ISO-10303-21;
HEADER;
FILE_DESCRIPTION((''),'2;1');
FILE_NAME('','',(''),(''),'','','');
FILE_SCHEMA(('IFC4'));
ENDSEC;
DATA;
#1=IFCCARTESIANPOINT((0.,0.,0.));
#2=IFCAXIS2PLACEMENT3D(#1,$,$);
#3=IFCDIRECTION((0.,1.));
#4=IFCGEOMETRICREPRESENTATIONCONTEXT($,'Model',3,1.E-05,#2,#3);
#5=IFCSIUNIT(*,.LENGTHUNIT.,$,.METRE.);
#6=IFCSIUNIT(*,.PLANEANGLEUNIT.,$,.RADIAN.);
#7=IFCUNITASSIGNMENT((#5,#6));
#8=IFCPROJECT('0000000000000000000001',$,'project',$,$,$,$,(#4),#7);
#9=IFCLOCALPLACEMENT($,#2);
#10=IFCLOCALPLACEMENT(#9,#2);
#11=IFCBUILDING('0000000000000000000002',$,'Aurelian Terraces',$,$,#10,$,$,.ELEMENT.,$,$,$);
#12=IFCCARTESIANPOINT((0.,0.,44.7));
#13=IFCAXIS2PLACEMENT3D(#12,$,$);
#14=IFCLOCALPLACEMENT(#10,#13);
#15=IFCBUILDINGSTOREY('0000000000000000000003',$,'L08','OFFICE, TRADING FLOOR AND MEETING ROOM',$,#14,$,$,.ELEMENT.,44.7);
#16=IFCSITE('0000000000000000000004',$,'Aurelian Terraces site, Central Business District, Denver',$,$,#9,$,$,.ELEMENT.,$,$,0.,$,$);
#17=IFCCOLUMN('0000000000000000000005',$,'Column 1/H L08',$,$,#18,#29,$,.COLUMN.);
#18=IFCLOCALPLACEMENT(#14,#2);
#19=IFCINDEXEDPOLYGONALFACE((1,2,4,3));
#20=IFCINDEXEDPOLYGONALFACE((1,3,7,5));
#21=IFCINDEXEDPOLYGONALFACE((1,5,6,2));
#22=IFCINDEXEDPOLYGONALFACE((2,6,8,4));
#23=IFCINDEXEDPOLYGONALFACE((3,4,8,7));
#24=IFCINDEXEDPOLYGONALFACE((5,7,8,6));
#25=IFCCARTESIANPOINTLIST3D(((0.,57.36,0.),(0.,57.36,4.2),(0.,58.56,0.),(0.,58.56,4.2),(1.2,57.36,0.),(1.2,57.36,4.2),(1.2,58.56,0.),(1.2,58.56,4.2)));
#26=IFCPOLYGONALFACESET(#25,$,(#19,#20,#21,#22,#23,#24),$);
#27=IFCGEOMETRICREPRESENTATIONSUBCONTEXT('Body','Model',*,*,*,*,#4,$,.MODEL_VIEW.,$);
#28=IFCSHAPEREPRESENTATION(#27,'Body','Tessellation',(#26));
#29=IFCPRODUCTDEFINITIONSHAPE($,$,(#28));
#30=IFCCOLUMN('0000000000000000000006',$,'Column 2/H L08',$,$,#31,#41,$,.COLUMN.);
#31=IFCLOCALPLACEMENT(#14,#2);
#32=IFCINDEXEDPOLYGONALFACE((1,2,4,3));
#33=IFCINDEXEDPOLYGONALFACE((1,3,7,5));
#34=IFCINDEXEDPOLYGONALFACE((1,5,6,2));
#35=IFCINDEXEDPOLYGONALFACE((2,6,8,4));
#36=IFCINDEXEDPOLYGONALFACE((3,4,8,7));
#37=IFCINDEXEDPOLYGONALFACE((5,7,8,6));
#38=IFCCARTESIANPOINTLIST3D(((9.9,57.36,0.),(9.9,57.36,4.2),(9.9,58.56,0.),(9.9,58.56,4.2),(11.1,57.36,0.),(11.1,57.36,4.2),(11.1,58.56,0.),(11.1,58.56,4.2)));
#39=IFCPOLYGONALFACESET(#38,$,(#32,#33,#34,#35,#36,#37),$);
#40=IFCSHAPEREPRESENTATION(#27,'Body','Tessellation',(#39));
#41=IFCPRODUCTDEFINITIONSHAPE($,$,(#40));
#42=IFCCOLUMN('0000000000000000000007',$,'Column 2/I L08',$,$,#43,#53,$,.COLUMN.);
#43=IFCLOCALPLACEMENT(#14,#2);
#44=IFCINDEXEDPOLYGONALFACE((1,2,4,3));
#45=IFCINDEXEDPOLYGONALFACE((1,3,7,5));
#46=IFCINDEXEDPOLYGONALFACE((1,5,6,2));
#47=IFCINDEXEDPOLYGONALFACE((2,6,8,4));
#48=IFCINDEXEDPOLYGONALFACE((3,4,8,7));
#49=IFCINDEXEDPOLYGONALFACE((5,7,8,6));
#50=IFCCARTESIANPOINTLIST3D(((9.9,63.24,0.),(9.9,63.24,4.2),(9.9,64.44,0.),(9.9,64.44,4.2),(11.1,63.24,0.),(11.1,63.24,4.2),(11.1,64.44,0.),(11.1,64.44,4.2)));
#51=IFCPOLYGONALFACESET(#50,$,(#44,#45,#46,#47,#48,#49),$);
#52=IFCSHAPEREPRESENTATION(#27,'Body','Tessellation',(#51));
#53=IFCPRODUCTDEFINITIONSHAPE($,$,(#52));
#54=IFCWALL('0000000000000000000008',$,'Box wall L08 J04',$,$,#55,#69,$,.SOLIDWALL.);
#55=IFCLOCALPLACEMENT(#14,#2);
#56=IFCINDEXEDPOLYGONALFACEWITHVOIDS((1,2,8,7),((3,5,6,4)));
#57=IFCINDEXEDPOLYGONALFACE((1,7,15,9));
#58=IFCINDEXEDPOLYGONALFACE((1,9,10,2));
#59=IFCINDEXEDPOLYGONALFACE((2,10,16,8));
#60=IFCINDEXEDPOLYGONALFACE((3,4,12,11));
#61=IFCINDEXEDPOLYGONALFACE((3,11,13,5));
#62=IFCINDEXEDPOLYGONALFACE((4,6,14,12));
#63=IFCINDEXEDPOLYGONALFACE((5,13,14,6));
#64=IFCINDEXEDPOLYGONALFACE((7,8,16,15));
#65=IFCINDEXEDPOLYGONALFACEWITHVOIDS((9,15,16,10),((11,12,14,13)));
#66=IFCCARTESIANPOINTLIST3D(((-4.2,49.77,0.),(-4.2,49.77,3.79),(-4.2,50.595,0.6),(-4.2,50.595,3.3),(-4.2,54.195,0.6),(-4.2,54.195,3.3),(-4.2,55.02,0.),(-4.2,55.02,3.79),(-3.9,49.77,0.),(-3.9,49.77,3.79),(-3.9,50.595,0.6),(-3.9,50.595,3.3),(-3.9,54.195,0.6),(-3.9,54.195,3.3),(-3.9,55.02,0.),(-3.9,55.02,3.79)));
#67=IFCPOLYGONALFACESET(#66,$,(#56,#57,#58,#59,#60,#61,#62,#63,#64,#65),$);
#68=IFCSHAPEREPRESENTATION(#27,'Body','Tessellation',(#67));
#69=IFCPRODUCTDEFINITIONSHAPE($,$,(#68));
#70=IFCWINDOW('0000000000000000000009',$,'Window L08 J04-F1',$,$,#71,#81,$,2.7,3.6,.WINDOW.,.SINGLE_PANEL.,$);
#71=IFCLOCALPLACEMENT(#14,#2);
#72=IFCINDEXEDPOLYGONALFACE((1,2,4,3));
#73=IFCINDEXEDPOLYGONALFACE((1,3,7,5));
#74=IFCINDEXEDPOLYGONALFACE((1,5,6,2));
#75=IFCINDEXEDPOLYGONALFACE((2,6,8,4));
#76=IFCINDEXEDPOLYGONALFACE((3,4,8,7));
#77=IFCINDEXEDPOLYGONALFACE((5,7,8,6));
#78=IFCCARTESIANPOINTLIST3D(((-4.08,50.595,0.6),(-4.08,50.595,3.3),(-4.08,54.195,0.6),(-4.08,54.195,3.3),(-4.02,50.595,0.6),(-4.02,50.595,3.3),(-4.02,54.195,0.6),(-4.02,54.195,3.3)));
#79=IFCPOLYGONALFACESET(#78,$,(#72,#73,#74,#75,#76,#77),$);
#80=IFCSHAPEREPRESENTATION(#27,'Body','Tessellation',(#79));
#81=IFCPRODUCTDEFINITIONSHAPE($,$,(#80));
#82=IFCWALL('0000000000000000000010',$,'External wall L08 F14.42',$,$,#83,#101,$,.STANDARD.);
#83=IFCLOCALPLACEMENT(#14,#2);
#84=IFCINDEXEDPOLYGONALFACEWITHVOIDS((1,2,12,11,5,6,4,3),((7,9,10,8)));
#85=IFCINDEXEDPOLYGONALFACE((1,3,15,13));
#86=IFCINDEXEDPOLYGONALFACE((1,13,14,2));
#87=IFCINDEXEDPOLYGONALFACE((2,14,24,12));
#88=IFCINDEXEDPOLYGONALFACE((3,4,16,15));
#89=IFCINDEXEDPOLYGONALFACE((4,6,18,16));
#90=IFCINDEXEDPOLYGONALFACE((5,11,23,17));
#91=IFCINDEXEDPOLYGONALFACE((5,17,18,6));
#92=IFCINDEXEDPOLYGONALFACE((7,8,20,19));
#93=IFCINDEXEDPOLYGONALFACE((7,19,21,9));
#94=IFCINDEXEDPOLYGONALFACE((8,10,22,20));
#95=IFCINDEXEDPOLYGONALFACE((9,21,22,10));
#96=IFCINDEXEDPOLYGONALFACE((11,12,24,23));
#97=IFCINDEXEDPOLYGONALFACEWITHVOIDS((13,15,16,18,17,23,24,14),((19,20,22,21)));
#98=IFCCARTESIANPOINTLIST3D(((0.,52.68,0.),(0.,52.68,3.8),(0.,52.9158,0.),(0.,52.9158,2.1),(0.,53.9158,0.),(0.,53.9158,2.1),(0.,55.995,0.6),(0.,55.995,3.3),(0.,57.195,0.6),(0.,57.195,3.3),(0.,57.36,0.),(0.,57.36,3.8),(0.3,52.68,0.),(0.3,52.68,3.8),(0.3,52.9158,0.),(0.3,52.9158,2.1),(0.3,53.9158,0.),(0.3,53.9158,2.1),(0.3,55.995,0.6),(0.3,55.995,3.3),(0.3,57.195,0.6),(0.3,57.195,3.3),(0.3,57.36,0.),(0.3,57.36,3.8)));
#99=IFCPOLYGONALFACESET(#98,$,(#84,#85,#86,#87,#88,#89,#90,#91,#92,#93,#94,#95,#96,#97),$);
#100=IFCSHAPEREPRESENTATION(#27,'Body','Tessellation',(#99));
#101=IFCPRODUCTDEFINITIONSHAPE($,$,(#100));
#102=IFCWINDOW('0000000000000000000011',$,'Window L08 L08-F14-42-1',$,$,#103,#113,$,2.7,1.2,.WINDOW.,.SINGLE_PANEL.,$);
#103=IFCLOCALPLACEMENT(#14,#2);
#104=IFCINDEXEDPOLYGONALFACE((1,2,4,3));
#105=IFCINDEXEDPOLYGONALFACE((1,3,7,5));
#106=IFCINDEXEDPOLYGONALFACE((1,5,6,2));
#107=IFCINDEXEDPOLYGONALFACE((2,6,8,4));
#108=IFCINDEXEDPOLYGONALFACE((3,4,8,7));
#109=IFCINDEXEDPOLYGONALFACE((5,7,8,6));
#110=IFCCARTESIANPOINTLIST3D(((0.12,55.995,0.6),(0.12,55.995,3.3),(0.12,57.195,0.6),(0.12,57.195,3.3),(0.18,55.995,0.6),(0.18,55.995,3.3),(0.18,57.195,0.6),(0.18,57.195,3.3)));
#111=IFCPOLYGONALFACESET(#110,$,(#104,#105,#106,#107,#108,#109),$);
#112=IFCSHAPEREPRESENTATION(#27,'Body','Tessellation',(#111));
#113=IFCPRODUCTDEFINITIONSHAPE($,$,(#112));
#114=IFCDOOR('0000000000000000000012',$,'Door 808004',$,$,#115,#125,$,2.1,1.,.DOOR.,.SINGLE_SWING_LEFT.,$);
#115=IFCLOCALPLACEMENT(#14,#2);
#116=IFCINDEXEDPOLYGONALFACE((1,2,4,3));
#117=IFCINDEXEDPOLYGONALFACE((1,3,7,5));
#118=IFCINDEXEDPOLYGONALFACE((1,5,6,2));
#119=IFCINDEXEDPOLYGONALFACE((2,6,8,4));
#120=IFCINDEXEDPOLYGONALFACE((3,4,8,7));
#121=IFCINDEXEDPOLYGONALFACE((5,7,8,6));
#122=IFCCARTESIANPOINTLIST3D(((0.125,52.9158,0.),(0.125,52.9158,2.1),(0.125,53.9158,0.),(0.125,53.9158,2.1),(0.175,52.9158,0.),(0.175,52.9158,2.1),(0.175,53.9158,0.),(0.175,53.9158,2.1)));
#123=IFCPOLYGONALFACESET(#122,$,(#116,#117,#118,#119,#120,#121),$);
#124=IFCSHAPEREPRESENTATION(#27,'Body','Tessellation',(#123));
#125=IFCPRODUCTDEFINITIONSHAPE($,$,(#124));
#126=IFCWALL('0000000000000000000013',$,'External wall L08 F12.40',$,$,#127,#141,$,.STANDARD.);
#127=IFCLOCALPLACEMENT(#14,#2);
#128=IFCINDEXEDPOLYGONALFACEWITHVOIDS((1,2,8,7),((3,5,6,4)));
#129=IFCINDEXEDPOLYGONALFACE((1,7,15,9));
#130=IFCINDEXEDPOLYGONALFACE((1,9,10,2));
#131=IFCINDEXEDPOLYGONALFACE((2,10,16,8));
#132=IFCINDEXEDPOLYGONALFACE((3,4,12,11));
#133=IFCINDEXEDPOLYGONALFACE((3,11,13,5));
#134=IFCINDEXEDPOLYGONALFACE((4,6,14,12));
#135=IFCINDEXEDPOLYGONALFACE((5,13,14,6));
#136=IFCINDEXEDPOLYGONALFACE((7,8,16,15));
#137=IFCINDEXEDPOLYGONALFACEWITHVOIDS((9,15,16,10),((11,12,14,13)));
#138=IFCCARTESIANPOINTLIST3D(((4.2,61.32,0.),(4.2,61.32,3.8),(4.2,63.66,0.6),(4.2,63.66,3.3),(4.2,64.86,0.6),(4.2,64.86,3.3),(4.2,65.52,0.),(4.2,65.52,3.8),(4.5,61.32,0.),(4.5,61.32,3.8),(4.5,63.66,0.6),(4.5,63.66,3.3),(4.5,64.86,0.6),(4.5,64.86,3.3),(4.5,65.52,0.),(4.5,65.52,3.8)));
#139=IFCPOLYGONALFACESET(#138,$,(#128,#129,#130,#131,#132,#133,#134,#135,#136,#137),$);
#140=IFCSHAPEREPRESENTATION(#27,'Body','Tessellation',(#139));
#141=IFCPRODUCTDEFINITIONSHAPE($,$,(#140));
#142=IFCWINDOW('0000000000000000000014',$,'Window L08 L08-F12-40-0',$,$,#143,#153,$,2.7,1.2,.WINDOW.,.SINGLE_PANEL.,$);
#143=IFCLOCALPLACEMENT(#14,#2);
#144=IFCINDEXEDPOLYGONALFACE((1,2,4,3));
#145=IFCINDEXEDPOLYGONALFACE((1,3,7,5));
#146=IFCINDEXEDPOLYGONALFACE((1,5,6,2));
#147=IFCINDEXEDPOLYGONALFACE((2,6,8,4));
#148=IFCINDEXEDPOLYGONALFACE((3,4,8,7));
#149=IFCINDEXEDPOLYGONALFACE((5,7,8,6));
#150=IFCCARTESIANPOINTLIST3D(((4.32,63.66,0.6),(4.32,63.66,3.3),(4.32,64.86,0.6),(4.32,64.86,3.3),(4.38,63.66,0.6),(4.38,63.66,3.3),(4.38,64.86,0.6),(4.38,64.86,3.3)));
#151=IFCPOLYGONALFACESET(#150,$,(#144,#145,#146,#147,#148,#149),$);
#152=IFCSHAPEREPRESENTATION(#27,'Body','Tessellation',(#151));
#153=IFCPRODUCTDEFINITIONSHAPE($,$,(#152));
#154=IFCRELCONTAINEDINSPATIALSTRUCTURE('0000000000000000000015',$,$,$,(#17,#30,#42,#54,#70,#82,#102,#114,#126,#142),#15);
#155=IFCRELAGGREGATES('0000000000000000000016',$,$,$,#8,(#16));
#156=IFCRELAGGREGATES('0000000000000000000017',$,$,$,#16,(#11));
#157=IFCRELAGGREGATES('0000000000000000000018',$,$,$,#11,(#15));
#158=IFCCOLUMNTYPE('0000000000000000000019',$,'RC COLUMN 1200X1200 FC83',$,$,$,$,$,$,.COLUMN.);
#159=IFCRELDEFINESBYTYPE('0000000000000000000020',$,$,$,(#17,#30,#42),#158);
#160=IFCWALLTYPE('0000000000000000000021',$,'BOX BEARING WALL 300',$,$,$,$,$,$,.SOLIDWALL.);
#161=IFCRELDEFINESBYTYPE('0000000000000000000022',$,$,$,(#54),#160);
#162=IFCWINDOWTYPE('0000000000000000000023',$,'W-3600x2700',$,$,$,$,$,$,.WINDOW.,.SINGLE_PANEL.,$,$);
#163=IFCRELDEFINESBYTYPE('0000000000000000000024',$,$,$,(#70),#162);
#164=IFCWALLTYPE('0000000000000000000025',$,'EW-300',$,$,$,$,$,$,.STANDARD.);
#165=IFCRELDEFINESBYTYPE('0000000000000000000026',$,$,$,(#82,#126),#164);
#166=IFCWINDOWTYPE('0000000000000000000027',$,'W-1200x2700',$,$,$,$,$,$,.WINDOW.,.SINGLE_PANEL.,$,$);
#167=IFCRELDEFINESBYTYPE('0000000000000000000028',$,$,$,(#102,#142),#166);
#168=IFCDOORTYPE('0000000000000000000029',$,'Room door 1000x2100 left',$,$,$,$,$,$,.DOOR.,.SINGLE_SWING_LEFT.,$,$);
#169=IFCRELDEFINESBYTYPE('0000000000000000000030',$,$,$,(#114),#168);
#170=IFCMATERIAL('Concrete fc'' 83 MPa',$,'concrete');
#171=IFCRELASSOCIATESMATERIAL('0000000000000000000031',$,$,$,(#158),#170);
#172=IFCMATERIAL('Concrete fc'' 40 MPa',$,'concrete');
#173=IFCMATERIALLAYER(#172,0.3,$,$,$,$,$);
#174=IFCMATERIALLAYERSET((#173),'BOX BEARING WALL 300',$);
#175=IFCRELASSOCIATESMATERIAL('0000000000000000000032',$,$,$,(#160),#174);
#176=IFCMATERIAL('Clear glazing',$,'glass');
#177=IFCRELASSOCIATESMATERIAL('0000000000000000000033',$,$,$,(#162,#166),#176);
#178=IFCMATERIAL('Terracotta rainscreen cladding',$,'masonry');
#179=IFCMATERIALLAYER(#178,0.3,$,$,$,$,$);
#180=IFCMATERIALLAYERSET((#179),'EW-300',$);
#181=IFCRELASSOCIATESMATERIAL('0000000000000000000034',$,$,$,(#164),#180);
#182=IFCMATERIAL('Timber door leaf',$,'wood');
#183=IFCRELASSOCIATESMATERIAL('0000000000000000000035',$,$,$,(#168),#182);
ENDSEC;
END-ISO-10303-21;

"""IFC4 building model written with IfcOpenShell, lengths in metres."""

from ifc_helpers import new_model, si_unit, direction, frame, frame_2d, origin, origin_2d, place, context, subcontext, project, spatial, rectangle, extrude, source, transform, mapped, material, layer, layer_set, material_profile, profile_set, type_object, element, fill, save


model = new_model("IFC4")

# Units and contexts
model_context = context("Model", 3, precision=1e-05, world=origin(), true_north=direction((0.0, 1.0)))
body_context = subcontext(model_context, "Body", "Model", "MODEL_VIEW")
ifc_project = project(units=[si_unit("LENGTHUNIT", "METRE"), si_unit("PLANEANGLEUNIT", "RADIAN")], contexts=[model_context])

# Site, building, storey
site_placement = place(None, origin())
site = spatial("IfcSite", under=ifc_project, at=site_placement, Name="Aurelian Terraces site, Central Business District, Denver", CompositionType="ELEMENT", RefElevation=0.0)
building_placement = place(site_placement, origin())
building = spatial("IfcBuilding", under=site, at=building_placement, Name="Aurelian Terraces", CompositionType="ELEMENT")
storey_placement = place(building_placement, frame((0.0, 0.0, 44.7)))
storey = spatial("IfcBuildingStorey", under=building, at=storey_placement, Name="L08", Description="OFFICE, TRADING FLOOR AND MEETING ROOM", CompositionType="ELEMENT", Elevation=44.7)

# Columns
ifc_material_1 = material(Name="Concrete fc' 83 MPa", Category="concrete")
ifc_material_profile = material_profile(ifc_material_1, rectangle(XDim=1.2, YDim=1.2, at=origin_2d()))
ifc_profile_set = profile_set([ifc_material_profile], Name="Concrete fc' 83 MPa")
column_type = type_object("IfcColumnType", Name="RC COLUMN 1200X1200 FC83", PredefinedType="COLUMN", material=ifc_profile_set)
shared_shape_1 = source(origin(), body_context, "Body", "SweptSolid", [
    extrude(rectangle(XDim=1.2, YDim=1.2, at=origin_2d()), origin(), (0.0, 0.0, 1.0), 4.2),
])
for number, where, z_axis, x_axis, name in (
    (1, (0.6, 57.96, 0.0), (0.0, 0.0, 1.0), (1.0, 0.0, 0.0), "Column 1/H L08"),
    (2, (10.5, 57.96, 0.0), (0.0, 0.0, 1.0), (1.0, 0.0, 0.0), "Column 2/H L08"),
    (3, (10.5, 63.84, 0.0), (0.0, 0.0, 1.0), (1.0, 0.0, 0.0), "Column 2/I L08"),
):
    element("IfcColumn", number, at=place(storey_placement, frame(where, z_axis=z_axis, x_axis=x_axis)), inside=storey, type_object=column_type, Name=name, PredefinedType="COLUMN", context=body_context, shape_type="MappedRepresentation", body=[
        mapped(shared_shape_1, transform((0.0, 0.0, 0.0), scale=1.0)),
    ])

# Wall, opening, window
ifc_material_2 = material(Name="Concrete fc' 40 MPa", Category="concrete")
ifc_layer_1 = layer(ifc_material_2, 0.3)
ifc_layer_set_1 = layer_set([ifc_layer_1], Name="BOX BEARING WALL 300")
wall_type_1 = type_object("IfcWallType", Name="BOX BEARING WALL 300", PredefinedType="SOLIDWALL", material=ifc_layer_set_1)
wall_1_placement = place(storey_placement, frame((-4.05, 55.02, 0.0), z_axis=(0.0, 0.0, 1.0), x_axis=(0.0, -1.0, 0.0)))
wall_1 = element("IfcWall", 4, at=wall_1_placement, inside=storey, type_object=wall_type_1, Name="Box wall L08 J04", PredefinedType="SOLIDWALL", context=body_context, shape_type="SweptSolid", body=[
    extrude(rectangle(XDim=5.25, YDim=0.3, at=frame_2d((2.625, 0.0))), origin(), (0.0, 0.0, 1.0), 3.79),
])
shared_shape_2 = source(origin(), body_context, "Body", "SweptSolid", [
    extrude(rectangle(XDim=3.6, YDim=2.7, at=frame_2d((1.8, 1.35))), frame((0.0, 0.16, 0.0), z_axis=(0.0, -1.0, 0.0), x_axis=(1.0, 0.0, 0.0)), (0.0, 0.0, 1.0), 0.32),
])
opening_1_placement = place(wall_1_placement, frame((0.825, 0.0, 0.6)))
opening_1 = element("IfcOpeningElement", 5, at=opening_1_placement, cuts=wall_1, PredefinedType="OPENING", context=body_context, shape_type="MappedRepresentation", body=[
    mapped(shared_shape_2, transform((0.0, 0.0, 0.0), scale=1.0)),
])
ifc_material_3 = material(Name="Clear glazing", Category="glass")
window_type_1 = type_object("IfcWindowType", Name="W-3600x2700", PartitioningType="SINGLE_PANEL", PredefinedType="WINDOW", material=ifc_material_3)
shared_shape_3 = source(origin(), body_context, "Body", "SweptSolid", [
    extrude(rectangle(XDim=3.6, YDim=2.7, at=frame_2d((1.8, 1.35))), frame((0.0, 0.03, 0.0), z_axis=(0.0, -1.0, 0.0), x_axis=(1.0, 0.0, 0.0)), (0.0, 0.0, 1.0), 0.06),
])
window_1_placement = place(opening_1_placement, origin())
window_1 = element("IfcWindow", 6, at=window_1_placement, inside=storey, type_object=window_type_1, Name="Window L08 J04-F1", OverallHeight=2.7, OverallWidth=3.6, PartitioningType="SINGLE_PANEL", PredefinedType="WINDOW", context=body_context, shape_type="MappedRepresentation", body=[
    mapped(shared_shape_3, transform((0.0, 0.0, 0.0), scale=1.0)),
])
fill(opening_1, window_1)

# Wall, openings, window, door
ifc_material_4 = material(Name="Terracotta rainscreen cladding", Category="masonry")
ifc_layer_2 = layer(ifc_material_4, 0.3)
ifc_layer_set_2 = layer_set([ifc_layer_2], Name="EW-300")
wall_type_2 = type_object("IfcWallType", Name="EW-300", PredefinedType="STANDARD", material=ifc_layer_set_2)
shared_shape_4 = source(origin(), body_context, "Body", "SweptSolid", [
    extrude(rectangle(XDim=4.68, YDim=0.3, at=frame_2d((2.34, 0.0))), origin(), (0.0, 0.0, 1.0), 3.8),
])
wall_2_placement = place(storey_placement, frame((0.15, 57.36, 0.0), z_axis=(0.0, 0.0, 1.0), x_axis=(0.0, -1.0, 0.0)))
wall_2 = element("IfcWall", 7, at=wall_2_placement, inside=storey, type_object=wall_type_2, Name="External wall L08 F14.42", PredefinedType="STANDARD", context=body_context, shape_type="MappedRepresentation", body=[
    mapped(shared_shape_4, transform((0.0, 0.0, 0.0), scale=1.0)),
])
shared_shape_5 = source(origin(), body_context, "Body", "SweptSolid", [
    extrude(rectangle(XDim=1.2, YDim=2.7, at=frame_2d((0.6, 1.35))), frame((0.0, 0.16, 0.0), z_axis=(0.0, -1.0, 0.0), x_axis=(1.0, 0.0, 0.0)), (0.0, 0.0, 1.0), 0.32),
])
opening_2_placement = place(wall_2_placement, frame((0.165, 0.0, 0.6)))
opening_2 = element("IfcOpeningElement", 8, at=opening_2_placement, cuts=wall_2, PredefinedType="OPENING", context=body_context, shape_type="MappedRepresentation", body=[
    mapped(shared_shape_5, transform((0.0, 0.0, 0.0), scale=1.0)),
])
shared_shape_6 = source(origin(), body_context, "Body", "SweptSolid", [
    extrude(rectangle(XDim=1.0, YDim=2.1, at=frame_2d((0.5, 1.05))), frame((0.0, 0.16, 0.0), z_axis=(0.0, -1.0, 0.0), x_axis=(1.0, 0.0, 0.0)), (0.0, 0.0, 1.0), 0.32),
])
opening_3_placement = place(wall_2_placement, frame((3.4442, 0.0, 0.0)))
opening_3 = element("IfcOpeningElement", 9, at=opening_3_placement, cuts=wall_2, PredefinedType="OPENING", context=body_context, shape_type="MappedRepresentation", body=[
    mapped(shared_shape_6, transform((0.0, 0.0, 0.0), scale=1.0)),
])
window_type_2 = type_object("IfcWindowType", Name="W-1200x2700", PartitioningType="SINGLE_PANEL", PredefinedType="WINDOW", material=ifc_material_3)
shared_shape_7 = source(origin(), body_context, "Body", "SweptSolid", [
    extrude(rectangle(XDim=1.2, YDim=2.7, at=frame_2d((0.6, 1.35))), frame((0.0, 0.03, 0.0), z_axis=(0.0, -1.0, 0.0), x_axis=(1.0, 0.0, 0.0)), (0.0, 0.0, 1.0), 0.06),
])
window_2_placement = place(opening_2_placement, origin())
window_2 = element("IfcWindow", 10, at=window_2_placement, inside=storey, type_object=window_type_2, Name="Window L08 L08-F14-42-1", OverallHeight=2.7, OverallWidth=1.2, PartitioningType="SINGLE_PANEL", PredefinedType="WINDOW", context=body_context, shape_type="MappedRepresentation", body=[
    mapped(shared_shape_7, transform((0.0, 0.0, 0.0), scale=1.0)),
])
fill(opening_2, window_2)
ifc_material_5 = material(Name="Timber door leaf", Category="wood")
door_type_1 = type_object("IfcDoorType", Name="Room door 1000x2100 left", OperationType="SINGLE_SWING_LEFT", PredefinedType="DOOR", material=ifc_material_5)
shared_shape_8 = source(origin(), body_context, "Body", "SweptSolid", [
    extrude(rectangle(XDim=1.0, YDim=2.1, at=frame_2d((0.5, 1.05))), frame((0.0, 0.025, 0.0), z_axis=(0.0, -1.0, 0.0), x_axis=(1.0, 0.0, 0.0)), (0.0, 0.0, 1.0), 0.05),
])
door_1_placement = place(opening_3_placement, origin())
door_1 = element("IfcDoor", 11, at=door_1_placement, inside=storey, type_object=door_type_1, Name="Door 808004", OperationType="SINGLE_SWING_LEFT", OverallHeight=2.1, OverallWidth=1.0, PredefinedType="DOOR", context=body_context, shape_type="MappedRepresentation", body=[
    mapped(shared_shape_8, transform((0.0, 0.0, 0.0), scale=1.0)),
])
fill(opening_3, door_1)

# Wall, opening, window
shared_shape_9 = source(origin(), body_context, "Body", "SweptSolid", [
    extrude(rectangle(XDim=4.2, YDim=0.3, at=frame_2d((2.1, 0.0))), origin(), (0.0, 0.0, 1.0), 3.8),
])
wall_3_placement = place(storey_placement, frame((4.35, 65.52, 0.0), z_axis=(0.0, 0.0, 1.0), x_axis=(0.0, -1.0, 0.0)))
wall_3 = element("IfcWall", 12, at=wall_3_placement, inside=storey, type_object=wall_type_2, Name="External wall L08 F12.40", PredefinedType="STANDARD", context=body_context, shape_type="MappedRepresentation", body=[
    mapped(shared_shape_9, transform((0.0, 0.0, 0.0), scale=1.0)),
])
opening_4_placement = place(wall_3_placement, frame((0.66, 0.0, 0.6)))
opening_4 = element("IfcOpeningElement", 13, at=opening_4_placement, cuts=wall_3, PredefinedType="OPENING", context=body_context, shape_type="MappedRepresentation", body=[
    mapped(shared_shape_5, transform((0.0, 0.0, 0.0), scale=1.0)),
])
window_3_placement = place(opening_4_placement, origin())
window_3 = element("IfcWindow", 14, at=window_3_placement, inside=storey, type_object=window_type_2, Name="Window L08 L08-F12-40-0", OverallHeight=2.7, OverallWidth=1.2, PartitioningType="SINGLE_PANEL", PredefinedType="WINDOW", context=body_context, shape_type="MappedRepresentation", body=[
    mapped(shared_shape_7, transform((0.0, 0.0, 0.0), scale=1.0)),
])
fill(opening_4, window_3)

save(model, "model.ifc")
